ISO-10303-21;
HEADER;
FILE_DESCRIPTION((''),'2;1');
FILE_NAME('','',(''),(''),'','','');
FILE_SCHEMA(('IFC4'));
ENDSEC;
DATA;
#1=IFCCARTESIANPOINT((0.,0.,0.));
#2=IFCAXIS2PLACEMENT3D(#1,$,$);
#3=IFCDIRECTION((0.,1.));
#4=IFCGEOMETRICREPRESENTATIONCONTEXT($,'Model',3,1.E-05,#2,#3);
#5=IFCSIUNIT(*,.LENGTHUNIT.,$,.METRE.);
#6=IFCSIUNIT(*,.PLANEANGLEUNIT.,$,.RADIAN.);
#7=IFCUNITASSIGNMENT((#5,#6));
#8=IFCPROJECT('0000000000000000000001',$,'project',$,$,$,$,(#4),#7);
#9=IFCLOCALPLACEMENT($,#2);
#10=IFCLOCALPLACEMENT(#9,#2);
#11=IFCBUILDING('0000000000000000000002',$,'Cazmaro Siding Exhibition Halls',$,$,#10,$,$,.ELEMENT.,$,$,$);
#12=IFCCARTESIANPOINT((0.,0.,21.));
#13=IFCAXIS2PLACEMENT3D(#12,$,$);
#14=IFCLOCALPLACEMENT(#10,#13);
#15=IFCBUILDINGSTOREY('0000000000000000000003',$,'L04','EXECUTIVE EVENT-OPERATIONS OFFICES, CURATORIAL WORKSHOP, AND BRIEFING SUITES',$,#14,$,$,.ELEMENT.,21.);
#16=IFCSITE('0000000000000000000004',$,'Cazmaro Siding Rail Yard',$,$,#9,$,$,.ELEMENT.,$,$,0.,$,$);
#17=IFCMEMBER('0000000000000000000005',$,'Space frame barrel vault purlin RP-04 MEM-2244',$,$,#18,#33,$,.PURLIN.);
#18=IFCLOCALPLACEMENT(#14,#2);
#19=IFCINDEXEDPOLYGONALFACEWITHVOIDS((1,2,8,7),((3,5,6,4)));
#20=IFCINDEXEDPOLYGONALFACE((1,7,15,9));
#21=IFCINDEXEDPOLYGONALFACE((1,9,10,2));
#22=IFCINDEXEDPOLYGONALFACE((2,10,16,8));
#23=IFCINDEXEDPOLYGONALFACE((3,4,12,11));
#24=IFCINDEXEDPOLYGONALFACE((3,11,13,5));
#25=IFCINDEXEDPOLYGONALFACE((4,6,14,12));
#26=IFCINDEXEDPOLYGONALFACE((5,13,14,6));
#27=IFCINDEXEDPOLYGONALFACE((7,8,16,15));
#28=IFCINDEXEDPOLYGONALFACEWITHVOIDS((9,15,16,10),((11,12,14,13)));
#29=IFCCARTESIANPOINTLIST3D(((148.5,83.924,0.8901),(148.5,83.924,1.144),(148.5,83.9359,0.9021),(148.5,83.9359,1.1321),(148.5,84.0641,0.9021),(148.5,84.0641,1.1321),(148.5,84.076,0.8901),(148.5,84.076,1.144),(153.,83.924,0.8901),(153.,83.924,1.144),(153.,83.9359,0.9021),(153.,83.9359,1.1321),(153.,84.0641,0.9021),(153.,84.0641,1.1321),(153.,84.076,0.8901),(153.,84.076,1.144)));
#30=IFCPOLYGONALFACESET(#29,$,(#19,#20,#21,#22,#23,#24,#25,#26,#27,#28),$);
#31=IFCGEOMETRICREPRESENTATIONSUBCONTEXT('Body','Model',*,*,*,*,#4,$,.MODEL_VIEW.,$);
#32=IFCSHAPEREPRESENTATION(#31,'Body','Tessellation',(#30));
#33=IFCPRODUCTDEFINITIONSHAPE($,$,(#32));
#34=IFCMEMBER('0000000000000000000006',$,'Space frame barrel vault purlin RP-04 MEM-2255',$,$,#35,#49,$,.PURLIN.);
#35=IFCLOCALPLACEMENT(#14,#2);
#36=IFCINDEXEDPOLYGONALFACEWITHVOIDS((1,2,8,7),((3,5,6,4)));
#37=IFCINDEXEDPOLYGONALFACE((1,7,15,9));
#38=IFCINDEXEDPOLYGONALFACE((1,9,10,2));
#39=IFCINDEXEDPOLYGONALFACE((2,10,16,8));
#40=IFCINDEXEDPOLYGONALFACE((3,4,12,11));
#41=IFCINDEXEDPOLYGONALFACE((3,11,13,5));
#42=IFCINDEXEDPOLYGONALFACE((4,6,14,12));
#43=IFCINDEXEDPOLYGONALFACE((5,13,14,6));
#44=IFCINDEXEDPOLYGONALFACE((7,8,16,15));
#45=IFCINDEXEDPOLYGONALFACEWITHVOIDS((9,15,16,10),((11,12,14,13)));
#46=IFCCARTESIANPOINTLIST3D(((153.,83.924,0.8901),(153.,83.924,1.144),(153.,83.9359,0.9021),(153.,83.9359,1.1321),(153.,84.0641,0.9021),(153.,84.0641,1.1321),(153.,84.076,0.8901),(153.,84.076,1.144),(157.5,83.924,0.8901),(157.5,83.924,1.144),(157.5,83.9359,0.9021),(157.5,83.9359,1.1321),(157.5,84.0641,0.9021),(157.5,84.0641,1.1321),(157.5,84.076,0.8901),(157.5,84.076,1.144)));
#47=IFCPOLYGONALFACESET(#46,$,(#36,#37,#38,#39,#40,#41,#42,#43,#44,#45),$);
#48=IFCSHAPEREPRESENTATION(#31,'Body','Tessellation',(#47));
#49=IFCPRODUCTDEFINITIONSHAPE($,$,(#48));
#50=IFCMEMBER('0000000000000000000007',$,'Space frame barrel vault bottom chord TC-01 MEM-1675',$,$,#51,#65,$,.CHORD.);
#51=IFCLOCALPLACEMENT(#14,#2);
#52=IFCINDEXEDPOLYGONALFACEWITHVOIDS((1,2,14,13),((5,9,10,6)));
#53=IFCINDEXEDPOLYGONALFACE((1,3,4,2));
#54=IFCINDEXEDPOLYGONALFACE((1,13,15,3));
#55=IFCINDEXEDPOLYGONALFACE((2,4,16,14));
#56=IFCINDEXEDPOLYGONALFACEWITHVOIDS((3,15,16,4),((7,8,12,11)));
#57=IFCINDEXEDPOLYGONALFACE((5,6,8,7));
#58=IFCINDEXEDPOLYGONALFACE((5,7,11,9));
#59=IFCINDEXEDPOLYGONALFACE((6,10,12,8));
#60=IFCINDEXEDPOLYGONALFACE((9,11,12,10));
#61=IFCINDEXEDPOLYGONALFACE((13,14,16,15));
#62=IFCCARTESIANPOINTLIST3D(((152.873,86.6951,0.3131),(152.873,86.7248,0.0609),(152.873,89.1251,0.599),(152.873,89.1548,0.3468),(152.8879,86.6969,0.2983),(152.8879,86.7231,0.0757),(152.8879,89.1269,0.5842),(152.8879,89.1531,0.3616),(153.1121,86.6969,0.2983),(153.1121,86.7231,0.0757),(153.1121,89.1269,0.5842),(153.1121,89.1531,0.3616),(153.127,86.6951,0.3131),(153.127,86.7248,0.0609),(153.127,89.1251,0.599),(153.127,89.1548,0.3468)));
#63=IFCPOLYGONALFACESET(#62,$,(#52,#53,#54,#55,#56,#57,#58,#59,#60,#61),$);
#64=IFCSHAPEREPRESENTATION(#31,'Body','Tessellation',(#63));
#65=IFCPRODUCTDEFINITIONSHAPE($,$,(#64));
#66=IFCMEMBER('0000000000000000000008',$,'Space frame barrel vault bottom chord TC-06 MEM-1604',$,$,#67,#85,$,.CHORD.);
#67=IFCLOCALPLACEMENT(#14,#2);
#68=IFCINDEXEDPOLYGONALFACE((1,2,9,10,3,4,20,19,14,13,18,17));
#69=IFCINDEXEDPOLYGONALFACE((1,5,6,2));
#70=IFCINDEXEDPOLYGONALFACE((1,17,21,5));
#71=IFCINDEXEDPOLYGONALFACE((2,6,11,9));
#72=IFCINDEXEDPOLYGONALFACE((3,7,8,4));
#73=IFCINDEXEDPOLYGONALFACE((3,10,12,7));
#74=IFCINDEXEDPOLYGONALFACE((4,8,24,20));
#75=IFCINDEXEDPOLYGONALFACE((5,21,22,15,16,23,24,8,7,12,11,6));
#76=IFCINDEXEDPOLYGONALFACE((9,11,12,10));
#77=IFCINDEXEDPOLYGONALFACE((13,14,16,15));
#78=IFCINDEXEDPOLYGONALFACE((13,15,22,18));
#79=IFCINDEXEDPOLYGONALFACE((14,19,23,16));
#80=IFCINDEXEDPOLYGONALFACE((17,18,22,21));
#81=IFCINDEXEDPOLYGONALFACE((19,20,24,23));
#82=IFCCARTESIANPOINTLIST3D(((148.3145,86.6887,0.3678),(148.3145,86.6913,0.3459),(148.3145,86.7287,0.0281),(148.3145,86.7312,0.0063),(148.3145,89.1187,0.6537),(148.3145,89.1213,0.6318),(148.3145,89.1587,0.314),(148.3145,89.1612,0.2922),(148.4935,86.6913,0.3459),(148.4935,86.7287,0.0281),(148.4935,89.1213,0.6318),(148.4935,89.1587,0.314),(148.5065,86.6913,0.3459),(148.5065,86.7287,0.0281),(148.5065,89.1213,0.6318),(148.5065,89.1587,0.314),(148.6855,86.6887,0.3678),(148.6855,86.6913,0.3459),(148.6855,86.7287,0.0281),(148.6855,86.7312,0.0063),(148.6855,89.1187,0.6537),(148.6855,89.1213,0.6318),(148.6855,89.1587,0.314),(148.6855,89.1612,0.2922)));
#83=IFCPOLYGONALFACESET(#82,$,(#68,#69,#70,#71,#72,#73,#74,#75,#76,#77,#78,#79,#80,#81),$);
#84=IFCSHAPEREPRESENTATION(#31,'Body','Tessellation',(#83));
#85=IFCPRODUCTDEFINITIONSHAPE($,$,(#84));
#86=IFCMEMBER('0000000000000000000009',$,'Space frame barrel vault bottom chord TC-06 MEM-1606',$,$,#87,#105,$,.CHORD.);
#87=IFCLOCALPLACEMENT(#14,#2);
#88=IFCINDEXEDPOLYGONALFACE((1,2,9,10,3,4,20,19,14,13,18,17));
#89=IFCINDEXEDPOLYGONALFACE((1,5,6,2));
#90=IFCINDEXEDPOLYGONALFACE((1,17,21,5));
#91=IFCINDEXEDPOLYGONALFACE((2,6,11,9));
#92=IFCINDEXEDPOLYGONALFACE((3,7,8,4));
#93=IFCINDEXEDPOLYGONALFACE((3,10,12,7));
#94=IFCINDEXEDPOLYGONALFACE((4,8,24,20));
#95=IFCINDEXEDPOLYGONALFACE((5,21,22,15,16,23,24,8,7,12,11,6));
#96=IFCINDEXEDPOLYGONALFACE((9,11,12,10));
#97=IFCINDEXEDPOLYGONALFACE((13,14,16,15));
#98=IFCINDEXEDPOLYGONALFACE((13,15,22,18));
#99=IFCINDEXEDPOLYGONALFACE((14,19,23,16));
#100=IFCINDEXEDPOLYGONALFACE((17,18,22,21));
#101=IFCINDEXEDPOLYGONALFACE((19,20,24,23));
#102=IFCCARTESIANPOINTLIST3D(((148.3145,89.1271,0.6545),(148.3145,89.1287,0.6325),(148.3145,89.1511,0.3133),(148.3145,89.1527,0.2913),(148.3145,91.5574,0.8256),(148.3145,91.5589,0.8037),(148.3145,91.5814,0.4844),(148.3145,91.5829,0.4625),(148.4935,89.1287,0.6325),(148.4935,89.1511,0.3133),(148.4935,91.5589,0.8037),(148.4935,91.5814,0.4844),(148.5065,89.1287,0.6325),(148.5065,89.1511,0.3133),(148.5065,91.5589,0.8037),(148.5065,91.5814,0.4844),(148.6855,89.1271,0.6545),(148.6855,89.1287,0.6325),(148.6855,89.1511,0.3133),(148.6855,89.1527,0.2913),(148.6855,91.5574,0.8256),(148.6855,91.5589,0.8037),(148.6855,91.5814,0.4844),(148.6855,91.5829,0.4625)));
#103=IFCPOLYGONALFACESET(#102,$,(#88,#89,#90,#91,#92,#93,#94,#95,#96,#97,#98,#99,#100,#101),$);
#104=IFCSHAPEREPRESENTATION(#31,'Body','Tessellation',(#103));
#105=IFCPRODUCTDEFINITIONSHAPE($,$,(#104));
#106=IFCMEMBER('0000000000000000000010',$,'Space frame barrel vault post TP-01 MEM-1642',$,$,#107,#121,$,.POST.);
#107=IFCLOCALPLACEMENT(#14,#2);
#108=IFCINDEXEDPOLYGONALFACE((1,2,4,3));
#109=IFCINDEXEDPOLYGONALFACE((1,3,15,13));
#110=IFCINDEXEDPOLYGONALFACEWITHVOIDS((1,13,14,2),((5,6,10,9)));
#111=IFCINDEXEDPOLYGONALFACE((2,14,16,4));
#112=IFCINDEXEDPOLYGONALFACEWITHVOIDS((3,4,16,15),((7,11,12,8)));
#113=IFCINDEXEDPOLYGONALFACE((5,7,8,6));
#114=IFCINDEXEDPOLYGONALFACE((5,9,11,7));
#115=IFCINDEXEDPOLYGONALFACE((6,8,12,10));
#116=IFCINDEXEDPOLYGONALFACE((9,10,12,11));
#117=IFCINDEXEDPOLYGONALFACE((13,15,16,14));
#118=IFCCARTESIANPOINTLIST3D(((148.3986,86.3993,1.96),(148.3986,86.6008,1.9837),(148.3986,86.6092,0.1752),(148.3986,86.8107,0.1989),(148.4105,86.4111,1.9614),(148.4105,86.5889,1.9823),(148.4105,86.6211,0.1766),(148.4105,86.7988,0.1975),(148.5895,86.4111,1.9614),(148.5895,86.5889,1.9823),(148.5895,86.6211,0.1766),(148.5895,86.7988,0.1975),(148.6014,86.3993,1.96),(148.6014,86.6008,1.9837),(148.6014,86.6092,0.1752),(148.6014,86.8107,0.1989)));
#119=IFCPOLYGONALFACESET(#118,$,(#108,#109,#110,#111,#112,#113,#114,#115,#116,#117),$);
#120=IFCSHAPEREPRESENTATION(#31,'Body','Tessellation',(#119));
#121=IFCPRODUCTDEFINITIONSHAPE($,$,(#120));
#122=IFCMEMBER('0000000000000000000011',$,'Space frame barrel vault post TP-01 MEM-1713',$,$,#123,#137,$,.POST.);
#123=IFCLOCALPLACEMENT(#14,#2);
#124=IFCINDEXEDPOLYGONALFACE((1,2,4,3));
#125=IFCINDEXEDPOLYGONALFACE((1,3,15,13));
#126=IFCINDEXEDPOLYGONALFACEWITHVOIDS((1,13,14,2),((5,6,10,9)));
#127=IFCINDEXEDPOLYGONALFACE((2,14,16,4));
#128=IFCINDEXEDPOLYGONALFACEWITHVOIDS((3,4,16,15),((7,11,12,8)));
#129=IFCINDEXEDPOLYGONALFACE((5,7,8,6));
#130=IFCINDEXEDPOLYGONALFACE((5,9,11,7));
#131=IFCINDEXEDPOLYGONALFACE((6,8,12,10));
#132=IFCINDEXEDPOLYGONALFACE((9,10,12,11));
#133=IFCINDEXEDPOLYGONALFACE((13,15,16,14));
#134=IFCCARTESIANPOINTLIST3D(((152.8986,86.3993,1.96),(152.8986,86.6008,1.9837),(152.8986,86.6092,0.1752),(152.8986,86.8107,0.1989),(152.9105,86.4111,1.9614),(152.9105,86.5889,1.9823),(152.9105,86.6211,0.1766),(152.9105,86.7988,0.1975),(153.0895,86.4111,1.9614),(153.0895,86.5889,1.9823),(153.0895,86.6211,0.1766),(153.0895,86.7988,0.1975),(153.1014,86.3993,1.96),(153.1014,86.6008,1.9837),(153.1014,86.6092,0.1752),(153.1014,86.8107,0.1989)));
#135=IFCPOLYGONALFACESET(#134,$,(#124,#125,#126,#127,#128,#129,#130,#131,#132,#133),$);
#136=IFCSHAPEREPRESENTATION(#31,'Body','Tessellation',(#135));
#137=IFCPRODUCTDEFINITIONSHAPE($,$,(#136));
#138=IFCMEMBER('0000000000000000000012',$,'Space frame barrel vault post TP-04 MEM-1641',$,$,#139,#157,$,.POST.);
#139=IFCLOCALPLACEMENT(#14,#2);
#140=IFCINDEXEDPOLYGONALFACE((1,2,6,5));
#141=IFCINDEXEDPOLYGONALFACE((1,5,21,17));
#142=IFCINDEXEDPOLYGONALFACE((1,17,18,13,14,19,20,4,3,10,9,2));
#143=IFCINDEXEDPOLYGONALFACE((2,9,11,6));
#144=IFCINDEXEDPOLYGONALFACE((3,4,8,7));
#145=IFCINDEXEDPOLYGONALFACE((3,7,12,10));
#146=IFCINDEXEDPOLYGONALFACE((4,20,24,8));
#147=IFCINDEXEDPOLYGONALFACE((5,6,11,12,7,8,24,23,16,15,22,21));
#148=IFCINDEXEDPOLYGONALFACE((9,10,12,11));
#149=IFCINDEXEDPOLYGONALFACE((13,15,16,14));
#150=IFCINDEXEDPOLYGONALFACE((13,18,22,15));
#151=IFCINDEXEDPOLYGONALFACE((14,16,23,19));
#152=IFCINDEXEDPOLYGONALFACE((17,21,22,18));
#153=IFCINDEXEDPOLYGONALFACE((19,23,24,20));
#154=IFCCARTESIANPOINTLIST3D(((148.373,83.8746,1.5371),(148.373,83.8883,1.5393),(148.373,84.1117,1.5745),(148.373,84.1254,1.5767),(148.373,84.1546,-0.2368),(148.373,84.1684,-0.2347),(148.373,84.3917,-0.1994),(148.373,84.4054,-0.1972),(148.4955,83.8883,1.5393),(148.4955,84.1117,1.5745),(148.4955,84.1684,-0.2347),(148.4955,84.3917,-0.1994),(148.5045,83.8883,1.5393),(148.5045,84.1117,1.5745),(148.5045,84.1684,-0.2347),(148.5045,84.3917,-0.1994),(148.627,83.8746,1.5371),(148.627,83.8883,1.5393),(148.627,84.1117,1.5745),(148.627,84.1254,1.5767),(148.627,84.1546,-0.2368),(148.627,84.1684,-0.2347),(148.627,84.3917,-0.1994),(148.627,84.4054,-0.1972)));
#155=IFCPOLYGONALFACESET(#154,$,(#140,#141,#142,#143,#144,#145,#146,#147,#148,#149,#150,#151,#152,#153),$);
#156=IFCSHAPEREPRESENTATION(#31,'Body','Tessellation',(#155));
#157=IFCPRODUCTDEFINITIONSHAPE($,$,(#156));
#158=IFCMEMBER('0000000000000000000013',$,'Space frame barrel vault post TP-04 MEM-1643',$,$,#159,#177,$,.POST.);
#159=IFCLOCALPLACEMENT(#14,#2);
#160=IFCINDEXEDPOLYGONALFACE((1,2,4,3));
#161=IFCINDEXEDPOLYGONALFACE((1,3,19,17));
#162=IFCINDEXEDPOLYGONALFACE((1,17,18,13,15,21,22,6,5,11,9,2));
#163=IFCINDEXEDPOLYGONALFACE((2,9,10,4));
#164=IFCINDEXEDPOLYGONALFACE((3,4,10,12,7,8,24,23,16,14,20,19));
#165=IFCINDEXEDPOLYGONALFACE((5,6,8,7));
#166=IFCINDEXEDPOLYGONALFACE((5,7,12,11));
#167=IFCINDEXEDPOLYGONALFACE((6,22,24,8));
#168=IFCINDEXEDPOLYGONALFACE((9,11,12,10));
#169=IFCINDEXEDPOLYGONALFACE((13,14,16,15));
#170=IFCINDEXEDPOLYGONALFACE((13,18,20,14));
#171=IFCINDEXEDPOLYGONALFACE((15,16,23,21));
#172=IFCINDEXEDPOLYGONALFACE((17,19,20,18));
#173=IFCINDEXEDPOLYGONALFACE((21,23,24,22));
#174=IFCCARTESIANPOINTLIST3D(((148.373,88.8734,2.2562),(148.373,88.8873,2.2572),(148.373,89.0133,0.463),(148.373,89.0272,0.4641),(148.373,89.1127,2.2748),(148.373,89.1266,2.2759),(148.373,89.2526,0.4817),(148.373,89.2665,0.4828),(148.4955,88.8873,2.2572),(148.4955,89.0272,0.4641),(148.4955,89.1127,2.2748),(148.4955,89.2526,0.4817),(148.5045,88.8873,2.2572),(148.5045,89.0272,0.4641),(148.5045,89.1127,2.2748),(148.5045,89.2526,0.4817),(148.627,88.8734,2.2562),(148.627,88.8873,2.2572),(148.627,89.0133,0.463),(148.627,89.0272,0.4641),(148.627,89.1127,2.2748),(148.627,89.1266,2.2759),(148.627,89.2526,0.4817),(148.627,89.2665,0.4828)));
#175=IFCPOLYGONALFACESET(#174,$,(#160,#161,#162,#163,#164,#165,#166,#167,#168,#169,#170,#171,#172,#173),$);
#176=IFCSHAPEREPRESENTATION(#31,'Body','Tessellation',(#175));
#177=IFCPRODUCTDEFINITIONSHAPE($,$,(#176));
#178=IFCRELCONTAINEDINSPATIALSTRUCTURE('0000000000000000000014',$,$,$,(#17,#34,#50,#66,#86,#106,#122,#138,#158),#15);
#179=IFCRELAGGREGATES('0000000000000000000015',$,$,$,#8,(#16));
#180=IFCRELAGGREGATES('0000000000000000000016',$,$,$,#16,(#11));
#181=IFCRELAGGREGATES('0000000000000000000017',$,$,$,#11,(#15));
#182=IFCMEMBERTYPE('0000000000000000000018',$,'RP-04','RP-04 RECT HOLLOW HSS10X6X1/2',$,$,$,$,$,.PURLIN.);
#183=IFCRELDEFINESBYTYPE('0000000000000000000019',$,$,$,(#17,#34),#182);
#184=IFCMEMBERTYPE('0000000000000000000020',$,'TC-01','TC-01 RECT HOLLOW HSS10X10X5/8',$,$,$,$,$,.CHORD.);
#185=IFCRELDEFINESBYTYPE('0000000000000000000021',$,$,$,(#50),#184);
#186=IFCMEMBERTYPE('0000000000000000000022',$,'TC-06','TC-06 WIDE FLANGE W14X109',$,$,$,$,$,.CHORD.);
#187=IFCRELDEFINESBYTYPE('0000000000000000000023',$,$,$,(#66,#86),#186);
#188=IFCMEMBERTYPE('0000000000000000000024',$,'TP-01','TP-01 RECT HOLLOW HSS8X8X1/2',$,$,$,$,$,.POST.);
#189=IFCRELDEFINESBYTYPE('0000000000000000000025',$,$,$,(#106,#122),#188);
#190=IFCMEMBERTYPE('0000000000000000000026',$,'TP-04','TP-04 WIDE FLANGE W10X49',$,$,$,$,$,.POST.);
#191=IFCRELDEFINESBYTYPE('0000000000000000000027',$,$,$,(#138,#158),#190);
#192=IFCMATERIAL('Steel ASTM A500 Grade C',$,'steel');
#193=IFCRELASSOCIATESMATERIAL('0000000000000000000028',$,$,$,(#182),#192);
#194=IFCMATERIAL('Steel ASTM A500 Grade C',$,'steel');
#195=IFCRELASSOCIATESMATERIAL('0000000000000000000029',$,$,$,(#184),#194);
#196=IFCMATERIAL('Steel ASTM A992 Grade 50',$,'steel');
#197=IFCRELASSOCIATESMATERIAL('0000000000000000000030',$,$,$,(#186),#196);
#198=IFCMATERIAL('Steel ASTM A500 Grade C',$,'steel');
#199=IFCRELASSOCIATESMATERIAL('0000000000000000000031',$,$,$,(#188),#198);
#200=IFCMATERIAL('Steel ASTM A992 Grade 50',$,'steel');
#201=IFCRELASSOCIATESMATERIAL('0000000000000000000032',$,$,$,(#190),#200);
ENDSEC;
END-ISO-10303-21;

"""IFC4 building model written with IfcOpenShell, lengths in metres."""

from ifc_helpers import new_model, si_unit, direction, frame, origin, origin_2d, place, context, subcontext, project, spatial, hollow_rectangle, i_section, extrude, material, material_profile, profile_set, type_object, element, save


model = new_model("IFC4")

# Units and contexts
model_context = context("Model", 3, precision=1e-05, world=origin(), true_north=direction((0.0, 1.0)))
body_context = subcontext(model_context, "Body", "Model", "MODEL_VIEW")
ifc_project = project(units=[si_unit("LENGTHUNIT", "METRE"), si_unit("PLANEANGLEUNIT", "RADIAN")], contexts=[model_context])

# Site, building, storey
site_placement = place(None, origin())
site = spatial("IfcSite", under=ifc_project, at=site_placement, Name="Cazmaro Siding Rail Yard", CompositionType="ELEMENT", RefElevation=0.0)
building_placement = place(site_placement, origin())
building = spatial("IfcBuilding", under=site, at=building_placement, Name="Cazmaro Siding Exhibition Halls", CompositionType="ELEMENT")
storey_placement = place(building_placement, frame((0.0, 0.0, 21.0)))
storey = spatial("IfcBuildingStorey", under=building, at=storey_placement, Name="L04", Description="EXECUTIVE EVENT-OPERATIONS OFFICES, CURATORIAL WORKSHOP, AND BRIEFING SUITES", CompositionType="ELEMENT", Elevation=21.0)

# Members
ifc_material_1 = material(Name="Steel ASTM A500 Grade C", Category="steel")
ifc_material_profile_1 = material_profile(ifc_material_1, hollow_rectangle(XDim=0.1521, YDim=0.2539, WallThickness=0.012, at=origin_2d()), Name="HSS10X6X1/2")
ifc_profile_set_1 = profile_set([ifc_material_profile_1], Name="Steel ASTM A500 Grade C")
member_type_1 = type_object("IfcMemberType", Name="RP-04", Description="RP-04 RECT HOLLOW HSS10X6X1/2", PredefinedType="PURLIN", material=ifc_profile_set_1)
for number, where, z_axis, x_axis, name in (
    (1, (148.5, 84.0, 1.0171), (1.0, 0.0, 0.0), (0.0, 1.0, 0.0), "Space frame barrel vault purlin RP-04 MEM-2244"),
    (2, (153.0, 84.0, 1.0171), (1.0, 0.0, 0.0), (0.0, 1.0, 0.0), "Space frame barrel vault purlin RP-04 MEM-2255"),
):
    element("IfcMember", number, at=place(storey_placement, frame(where, z_axis=z_axis, x_axis=x_axis)), inside=storey, type_object=member_type_1, Name=name, PredefinedType="PURLIN", context=body_context, shape_type="SweptSolid", body=[
        extrude(hollow_rectangle(XDim=0.1521, YDim=0.2539, WallThickness=0.012, at=origin_2d()), origin(), (0.0, 0.0, 1.0), 4.5),
    ])
ifc_material_2 = material(Name="Steel ASTM A500 Grade C", Category="steel")
ifc_material_profile_2 = material_profile(ifc_material_2, hollow_rectangle(XDim=0.2539, YDim=0.2539, WallThickness=0.0149, at=origin_2d()), Name="HSS10X10X5/8")
ifc_profile_set_2 = profile_set([ifc_material_profile_2], Name="Steel ASTM A500 Grade C")
member_type_2 = type_object("IfcMemberType", Name="TC-01", Description="TC-01 RECT HOLLOW HSS10X10X5/8", PredefinedType="CHORD", material=ifc_profile_set_2)
member_1_placement = place(storey_placement, frame((153.0, 86.71, 0.187), z_axis=(0.0, 0.99315, 0.116847), x_axis=(-1.0, 0.0, 0.0)))
element("IfcMember", 3, at=member_1_placement, inside=storey, type_object=member_type_2, Name="Space frame barrel vault bottom chord TC-01 MEM-1675", PredefinedType="CHORD", context=body_context, shape_type="SweptSolid", body=[
    extrude(hollow_rectangle(XDim=0.2539, YDim=0.2539, WallThickness=0.0149, at=origin_2d()), origin(), (0.0, 0.0, 1.0), 2.4468),
])
ifc_material_3 = material(Name="Steel ASTM A992 Grade 50", Category="steel")
ifc_material_profile_3 = material_profile(ifc_material_3, i_section(OverallWidth=0.3711, OverallDepth=0.364, WebThickness=0.0129, FlangeThickness=0.022, at=origin_2d()), Name="W14X109")
ifc_profile_set_3 = profile_set([ifc_material_profile_3], Name="Steel ASTM A992 Grade 50")
member_type_3 = type_object("IfcMemberType", Name="TC-06", Description="TC-06 WIDE FLANGE W14X109", PredefinedType="CHORD", material=ifc_profile_set_3)
member_2_placement = place(storey_placement, frame((148.5, 86.71, 0.187), z_axis=(0.0, 0.99315, 0.116847), x_axis=(-1.0, 0.0, 0.0)))
element("IfcMember", 4, at=member_2_placement, inside=storey, type_object=member_type_3, Name="Space frame barrel vault bottom chord TC-06 MEM-1604", PredefinedType="CHORD", context=body_context, shape_type="SweptSolid", body=[
    extrude(i_section(OverallWidth=0.3711, OverallDepth=0.364, WebThickness=0.0129, FlangeThickness=0.022, at=origin_2d()), origin(), (0.0, 0.0, 1.0), 2.4468),
])
member_3_placement = place(storey_placement, frame((148.5, 89.1399, 0.4729), z_axis=(0.0, 0.997529, 0.07025), x_axis=(-1.0, 0.0, 0.0)))
element("IfcMember", 5, at=member_3_placement, inside=storey, type_object=member_type_3, Name="Space frame barrel vault bottom chord TC-06 MEM-1606", PredefinedType="CHORD", context=body_context, shape_type="SweptSolid", body=[
    extrude(i_section(OverallWidth=0.3711, OverallDepth=0.364, WebThickness=0.0129, FlangeThickness=0.022, at=origin_2d()), origin(), (0.0, 0.0, 1.0), 2.4363),
])
ifc_material_4 = material(Name="Steel ASTM A500 Grade C", Category="steel")
ifc_material_profile_4 = material_profile(ifc_material_4, hollow_rectangle(XDim=0.2029, YDim=0.2029, WallThickness=0.012, at=origin_2d()), Name="HSS8X8X1/2")
ifc_profile_set_4 = profile_set([ifc_material_profile_4], Name="Steel ASTM A500 Grade C")
member_type_4 = type_object("IfcMemberType", Name="TP-01", Description="TP-01 RECT HOLLOW HSS8X8X1/2", PredefinedType="POST", material=ifc_profile_set_4)
for number, where, z_axis, x_axis, name in (
    (6, (148.5, 86.71, 0.187), (0.0, -0.116825, 0.993152), (1.0, 0.0, 0.0), "Space frame barrel vault post TP-01 MEM-1642"),
    (7, (153.0, 86.71, 0.187), (0.0, -0.116825, 0.993152), (1.0, 0.0, 0.0), "Space frame barrel vault post TP-01 MEM-1713"),
):
    element("IfcMember", number, at=place(storey_placement, frame(where, z_axis=z_axis, x_axis=x_axis)), inside=storey, type_object=member_type_4, Name=name, PredefinedType="POST", context=body_context, shape_type="SweptSolid", body=[
        extrude(hollow_rectangle(XDim=0.2029, YDim=0.2029, WallThickness=0.012, at=origin_2d()), origin(), (0.0, 0.0, 1.0), 1.7971),
    ])
ifc_material_5 = material(Name="Steel ASTM A992 Grade 50", Category="steel")
ifc_material_profile_5 = material_profile(ifc_material_5, i_section(OverallWidth=0.2539, OverallDepth=0.2539, WebThickness=0.009, FlangeThickness=0.0139, at=origin_2d()), Name="W10X49")
ifc_profile_set_5 = profile_set([ifc_material_profile_5], Name="Steel ASTM A992 Grade 50")
member_type_5 = type_object("IfcMemberType", Name="TP-04", Description="TP-04 WIDE FLANGE W10X49", PredefinedType="POST", material=ifc_profile_set_5)
member_4_placement = place(storey_placement, frame((148.5, 84.28, -0.217), z_axis=(0.0, -0.155928, 0.987768), x_axis=(1.0, 0.0, 0.0)))
element("IfcMember", 8, at=member_4_placement, inside=storey, type_object=member_type_5, Name="Space frame barrel vault post TP-04 MEM-1641", PredefinedType="POST", context=body_context, shape_type="SweptSolid", body=[
    extrude(i_section(OverallWidth=0.2539, OverallDepth=0.2539, WebThickness=0.009, FlangeThickness=0.0139, at=origin_2d()), origin(), (0.0, 0.0, 1.0), 1.7959),
])
member_5_placement = place(storey_placement, frame((148.5, 89.1399, 0.4729), z_axis=(0.0, -0.077776, 0.996971), x_axis=(1.0, 0.0, 0.0)))
element("IfcMember", 9, at=member_5_placement, inside=storey, type_object=member_type_5, Name="Space frame barrel vault post TP-04 MEM-1643", PredefinedType="POST", context=body_context, shape_type="SweptSolid", body=[
    extrude(i_section(OverallWidth=0.2539, OverallDepth=0.2539, WebThickness=0.009, FlangeThickness=0.0139, at=origin_2d()), origin(), (0.0, 0.0, 1.0), 1.7986),
])

save(model, "model.ifc")
